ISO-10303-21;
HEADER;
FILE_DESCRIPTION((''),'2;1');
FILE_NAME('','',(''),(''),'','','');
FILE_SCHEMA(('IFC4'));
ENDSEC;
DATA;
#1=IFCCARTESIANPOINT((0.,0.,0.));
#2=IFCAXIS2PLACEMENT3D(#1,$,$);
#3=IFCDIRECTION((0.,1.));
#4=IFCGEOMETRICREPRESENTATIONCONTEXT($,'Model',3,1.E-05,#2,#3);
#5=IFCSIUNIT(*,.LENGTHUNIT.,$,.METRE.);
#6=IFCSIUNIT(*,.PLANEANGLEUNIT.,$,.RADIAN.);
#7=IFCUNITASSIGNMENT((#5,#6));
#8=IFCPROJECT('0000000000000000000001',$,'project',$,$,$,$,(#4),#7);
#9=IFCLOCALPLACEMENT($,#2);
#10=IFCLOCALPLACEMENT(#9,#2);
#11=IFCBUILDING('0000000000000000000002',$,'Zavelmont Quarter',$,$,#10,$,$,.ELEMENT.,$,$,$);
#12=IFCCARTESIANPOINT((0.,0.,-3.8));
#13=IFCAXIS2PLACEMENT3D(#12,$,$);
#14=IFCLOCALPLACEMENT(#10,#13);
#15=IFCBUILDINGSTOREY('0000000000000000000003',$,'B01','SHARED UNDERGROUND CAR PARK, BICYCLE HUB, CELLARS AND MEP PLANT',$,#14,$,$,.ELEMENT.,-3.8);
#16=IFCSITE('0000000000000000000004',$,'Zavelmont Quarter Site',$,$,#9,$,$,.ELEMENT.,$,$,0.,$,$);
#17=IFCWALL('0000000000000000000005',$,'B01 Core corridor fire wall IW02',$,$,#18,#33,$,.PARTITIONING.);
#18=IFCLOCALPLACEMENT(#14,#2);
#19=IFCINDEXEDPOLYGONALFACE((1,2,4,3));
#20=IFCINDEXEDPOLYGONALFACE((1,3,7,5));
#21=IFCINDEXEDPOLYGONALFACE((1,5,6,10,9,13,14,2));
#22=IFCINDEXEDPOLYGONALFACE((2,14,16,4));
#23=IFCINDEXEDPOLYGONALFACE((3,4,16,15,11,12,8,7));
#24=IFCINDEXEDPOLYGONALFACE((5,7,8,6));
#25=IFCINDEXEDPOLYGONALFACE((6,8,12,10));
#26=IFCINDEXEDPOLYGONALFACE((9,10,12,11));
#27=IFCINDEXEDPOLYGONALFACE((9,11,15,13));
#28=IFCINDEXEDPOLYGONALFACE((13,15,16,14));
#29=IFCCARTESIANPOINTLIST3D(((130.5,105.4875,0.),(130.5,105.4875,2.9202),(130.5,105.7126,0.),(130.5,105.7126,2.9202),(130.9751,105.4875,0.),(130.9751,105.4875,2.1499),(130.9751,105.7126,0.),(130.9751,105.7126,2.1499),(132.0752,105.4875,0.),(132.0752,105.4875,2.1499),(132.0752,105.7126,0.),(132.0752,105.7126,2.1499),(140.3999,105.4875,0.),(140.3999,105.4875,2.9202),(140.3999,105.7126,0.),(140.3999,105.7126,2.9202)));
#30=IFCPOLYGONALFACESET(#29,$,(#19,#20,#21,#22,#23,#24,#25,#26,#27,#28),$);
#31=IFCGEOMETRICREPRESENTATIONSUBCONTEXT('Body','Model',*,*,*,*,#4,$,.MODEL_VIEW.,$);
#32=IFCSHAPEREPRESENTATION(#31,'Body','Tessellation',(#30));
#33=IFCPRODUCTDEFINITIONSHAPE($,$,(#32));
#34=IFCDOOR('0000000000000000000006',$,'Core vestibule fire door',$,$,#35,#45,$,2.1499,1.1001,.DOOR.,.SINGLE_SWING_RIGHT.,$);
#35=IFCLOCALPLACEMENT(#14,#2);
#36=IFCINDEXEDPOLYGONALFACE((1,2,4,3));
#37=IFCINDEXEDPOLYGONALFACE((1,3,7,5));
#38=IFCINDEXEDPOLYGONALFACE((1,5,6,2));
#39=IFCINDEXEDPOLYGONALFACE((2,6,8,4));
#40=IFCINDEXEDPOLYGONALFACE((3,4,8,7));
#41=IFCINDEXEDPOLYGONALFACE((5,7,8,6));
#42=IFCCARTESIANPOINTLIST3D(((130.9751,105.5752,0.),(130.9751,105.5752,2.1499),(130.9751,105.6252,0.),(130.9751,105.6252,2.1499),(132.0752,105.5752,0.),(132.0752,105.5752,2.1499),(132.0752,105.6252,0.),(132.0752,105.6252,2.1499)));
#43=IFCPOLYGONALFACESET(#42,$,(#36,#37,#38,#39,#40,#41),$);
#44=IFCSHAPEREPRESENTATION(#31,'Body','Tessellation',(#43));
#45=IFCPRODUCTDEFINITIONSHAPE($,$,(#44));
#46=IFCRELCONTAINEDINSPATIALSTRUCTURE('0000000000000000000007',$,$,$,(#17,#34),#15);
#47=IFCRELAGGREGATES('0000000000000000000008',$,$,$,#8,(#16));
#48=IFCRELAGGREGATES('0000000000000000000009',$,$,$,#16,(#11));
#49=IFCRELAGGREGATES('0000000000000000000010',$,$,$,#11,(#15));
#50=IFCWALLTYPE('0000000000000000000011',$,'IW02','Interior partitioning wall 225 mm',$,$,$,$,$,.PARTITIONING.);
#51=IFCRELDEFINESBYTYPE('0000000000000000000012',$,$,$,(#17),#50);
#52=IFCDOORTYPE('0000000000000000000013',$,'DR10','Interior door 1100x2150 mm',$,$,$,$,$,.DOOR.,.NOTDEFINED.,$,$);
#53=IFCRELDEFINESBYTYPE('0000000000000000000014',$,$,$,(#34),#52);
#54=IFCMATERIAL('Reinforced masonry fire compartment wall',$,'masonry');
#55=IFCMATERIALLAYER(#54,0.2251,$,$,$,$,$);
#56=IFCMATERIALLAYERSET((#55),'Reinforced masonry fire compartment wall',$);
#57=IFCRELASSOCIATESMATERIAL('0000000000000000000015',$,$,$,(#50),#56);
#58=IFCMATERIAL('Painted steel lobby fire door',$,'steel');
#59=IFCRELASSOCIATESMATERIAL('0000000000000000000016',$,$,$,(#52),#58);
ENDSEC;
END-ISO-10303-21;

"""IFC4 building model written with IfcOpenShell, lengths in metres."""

from ifc_helpers import new_model, si_unit, direction, frame, frame_2d, origin, place, context, subcontext, project, spatial, rectangle, extrude, material, layer, layer_set, type_object, element, fill, save


model = new_model("IFC4")

# Units and contexts
model_context = context("Model", 3, precision=1e-05, world=origin(), true_north=direction((0.0, 1.0)))
body_context = subcontext(model_context, "Body", "Model", "MODEL_VIEW")
ifc_project = project(units=[si_unit("LENGTHUNIT", "METRE"), si_unit("PLANEANGLEUNIT", "RADIAN")], contexts=[model_context])

# Site, building, storey
site_placement = place(None, origin())
site = spatial("IfcSite", under=ifc_project, at=site_placement, Name="Zavelmont Quarter Site", CompositionType="ELEMENT", RefElevation=0.0)
building_placement = place(site_placement, origin())
building = spatial("IfcBuilding", under=site, at=building_placement, Name="Zavelmont Quarter", CompositionType="ELEMENT")
storey_placement = place(building_placement, frame((0.0, 0.0, -3.8)))
storey = spatial("IfcBuildingStorey", under=building, at=storey_placement, Name="B01", Description="SHARED UNDERGROUND CAR PARK, BICYCLE HUB, CELLARS AND MEP PLANT", CompositionType="ELEMENT", Elevation=-3.8)

# Shared definitions
ifc_material_1 = material(Name="Reinforced masonry fire compartment wall", Category="masonry")
ifc_layer_1 = layer(ifc_material_1, 0.2251)
ifc_layer_set_1 = layer_set([ifc_layer_1], Name="Reinforced masonry fire compartment wall")
wall_type_1 = type_object("IfcWallType", Name="IW02", Description="Interior partitioning wall 225 mm", PredefinedType="PARTITIONING", material=ifc_layer_set_1)

# Wall, opening, door
wall_1_placement = place(storey_placement, frame((130.5, 105.6001, 0.0), z_axis=(0.0, 0.0, 1.0), x_axis=(1.0, 0.0, 0.0)))
wall_1 = element("IfcWall", 1, at=wall_1_placement, inside=storey, type_object=wall_type_1, Name="B01 Core corridor fire wall IW02", PredefinedType="PARTITIONING", context=body_context, shape_type="SweptSolid", body=[
    extrude(rectangle(XDim=9.8999, YDim=0.2251, at=frame_2d((4.95, 0.0))), origin(), (0.0, 0.0, 1.0), 2.9202),
])
opening_1_placement = place(wall_1_placement, frame((0.4751, 0.0, 0.0)))
opening_1 = element("IfcOpeningElement", 2, at=opening_1_placement, cuts=wall_1, PredefinedType="OPENING", context=body_context, shape_type="SweptSolid", body=[
    extrude(rectangle(XDim=1.1001, YDim=2.1499, at=frame_2d((0.55, 1.075))), frame((0.0, 0.1245, 0.0), z_axis=(0.0, -1.0, 0.0), x_axis=(1.0, 0.0, 0.0)), (0.0, 0.0, 1.0), 0.249),
])
ifc_material_2 = material(Name="Painted steel lobby fire door", Category="steel")
door_type_1 = type_object("IfcDoorType", Name="DR10", Description="Interior door 1100x2150 mm", OperationType="NOTDEFINED", PredefinedType="DOOR", material=ifc_material_2)
door_1_placement = place(opening_1_placement, frame((1.1001, 0.0, 0.0), z_axis=(0.0, 0.0, 1.0), x_axis=(-1.0, 0.0, 0.0)))
door_1 = element("IfcDoor", 3, at=door_1_placement, inside=storey, type_object=door_type_1, Name="Core vestibule fire door", OperationType="SINGLE_SWING_RIGHT", OverallHeight=2.1499, OverallWidth=1.1001, PredefinedType="DOOR", context=body_context, shape_type="SweptSolid", body=[
    extrude(rectangle(XDim=1.1001, YDim=2.1499, at=frame_2d((0.55, 1.075))), frame((0.0, 0.0249, 0.0), z_axis=(0.0, -1.0, 0.0), x_axis=(1.0, 0.0, 0.0)), (0.0, 0.0, 1.0), 0.05),
])
fill(opening_1, door_1)

save(model, "model.ifc")
